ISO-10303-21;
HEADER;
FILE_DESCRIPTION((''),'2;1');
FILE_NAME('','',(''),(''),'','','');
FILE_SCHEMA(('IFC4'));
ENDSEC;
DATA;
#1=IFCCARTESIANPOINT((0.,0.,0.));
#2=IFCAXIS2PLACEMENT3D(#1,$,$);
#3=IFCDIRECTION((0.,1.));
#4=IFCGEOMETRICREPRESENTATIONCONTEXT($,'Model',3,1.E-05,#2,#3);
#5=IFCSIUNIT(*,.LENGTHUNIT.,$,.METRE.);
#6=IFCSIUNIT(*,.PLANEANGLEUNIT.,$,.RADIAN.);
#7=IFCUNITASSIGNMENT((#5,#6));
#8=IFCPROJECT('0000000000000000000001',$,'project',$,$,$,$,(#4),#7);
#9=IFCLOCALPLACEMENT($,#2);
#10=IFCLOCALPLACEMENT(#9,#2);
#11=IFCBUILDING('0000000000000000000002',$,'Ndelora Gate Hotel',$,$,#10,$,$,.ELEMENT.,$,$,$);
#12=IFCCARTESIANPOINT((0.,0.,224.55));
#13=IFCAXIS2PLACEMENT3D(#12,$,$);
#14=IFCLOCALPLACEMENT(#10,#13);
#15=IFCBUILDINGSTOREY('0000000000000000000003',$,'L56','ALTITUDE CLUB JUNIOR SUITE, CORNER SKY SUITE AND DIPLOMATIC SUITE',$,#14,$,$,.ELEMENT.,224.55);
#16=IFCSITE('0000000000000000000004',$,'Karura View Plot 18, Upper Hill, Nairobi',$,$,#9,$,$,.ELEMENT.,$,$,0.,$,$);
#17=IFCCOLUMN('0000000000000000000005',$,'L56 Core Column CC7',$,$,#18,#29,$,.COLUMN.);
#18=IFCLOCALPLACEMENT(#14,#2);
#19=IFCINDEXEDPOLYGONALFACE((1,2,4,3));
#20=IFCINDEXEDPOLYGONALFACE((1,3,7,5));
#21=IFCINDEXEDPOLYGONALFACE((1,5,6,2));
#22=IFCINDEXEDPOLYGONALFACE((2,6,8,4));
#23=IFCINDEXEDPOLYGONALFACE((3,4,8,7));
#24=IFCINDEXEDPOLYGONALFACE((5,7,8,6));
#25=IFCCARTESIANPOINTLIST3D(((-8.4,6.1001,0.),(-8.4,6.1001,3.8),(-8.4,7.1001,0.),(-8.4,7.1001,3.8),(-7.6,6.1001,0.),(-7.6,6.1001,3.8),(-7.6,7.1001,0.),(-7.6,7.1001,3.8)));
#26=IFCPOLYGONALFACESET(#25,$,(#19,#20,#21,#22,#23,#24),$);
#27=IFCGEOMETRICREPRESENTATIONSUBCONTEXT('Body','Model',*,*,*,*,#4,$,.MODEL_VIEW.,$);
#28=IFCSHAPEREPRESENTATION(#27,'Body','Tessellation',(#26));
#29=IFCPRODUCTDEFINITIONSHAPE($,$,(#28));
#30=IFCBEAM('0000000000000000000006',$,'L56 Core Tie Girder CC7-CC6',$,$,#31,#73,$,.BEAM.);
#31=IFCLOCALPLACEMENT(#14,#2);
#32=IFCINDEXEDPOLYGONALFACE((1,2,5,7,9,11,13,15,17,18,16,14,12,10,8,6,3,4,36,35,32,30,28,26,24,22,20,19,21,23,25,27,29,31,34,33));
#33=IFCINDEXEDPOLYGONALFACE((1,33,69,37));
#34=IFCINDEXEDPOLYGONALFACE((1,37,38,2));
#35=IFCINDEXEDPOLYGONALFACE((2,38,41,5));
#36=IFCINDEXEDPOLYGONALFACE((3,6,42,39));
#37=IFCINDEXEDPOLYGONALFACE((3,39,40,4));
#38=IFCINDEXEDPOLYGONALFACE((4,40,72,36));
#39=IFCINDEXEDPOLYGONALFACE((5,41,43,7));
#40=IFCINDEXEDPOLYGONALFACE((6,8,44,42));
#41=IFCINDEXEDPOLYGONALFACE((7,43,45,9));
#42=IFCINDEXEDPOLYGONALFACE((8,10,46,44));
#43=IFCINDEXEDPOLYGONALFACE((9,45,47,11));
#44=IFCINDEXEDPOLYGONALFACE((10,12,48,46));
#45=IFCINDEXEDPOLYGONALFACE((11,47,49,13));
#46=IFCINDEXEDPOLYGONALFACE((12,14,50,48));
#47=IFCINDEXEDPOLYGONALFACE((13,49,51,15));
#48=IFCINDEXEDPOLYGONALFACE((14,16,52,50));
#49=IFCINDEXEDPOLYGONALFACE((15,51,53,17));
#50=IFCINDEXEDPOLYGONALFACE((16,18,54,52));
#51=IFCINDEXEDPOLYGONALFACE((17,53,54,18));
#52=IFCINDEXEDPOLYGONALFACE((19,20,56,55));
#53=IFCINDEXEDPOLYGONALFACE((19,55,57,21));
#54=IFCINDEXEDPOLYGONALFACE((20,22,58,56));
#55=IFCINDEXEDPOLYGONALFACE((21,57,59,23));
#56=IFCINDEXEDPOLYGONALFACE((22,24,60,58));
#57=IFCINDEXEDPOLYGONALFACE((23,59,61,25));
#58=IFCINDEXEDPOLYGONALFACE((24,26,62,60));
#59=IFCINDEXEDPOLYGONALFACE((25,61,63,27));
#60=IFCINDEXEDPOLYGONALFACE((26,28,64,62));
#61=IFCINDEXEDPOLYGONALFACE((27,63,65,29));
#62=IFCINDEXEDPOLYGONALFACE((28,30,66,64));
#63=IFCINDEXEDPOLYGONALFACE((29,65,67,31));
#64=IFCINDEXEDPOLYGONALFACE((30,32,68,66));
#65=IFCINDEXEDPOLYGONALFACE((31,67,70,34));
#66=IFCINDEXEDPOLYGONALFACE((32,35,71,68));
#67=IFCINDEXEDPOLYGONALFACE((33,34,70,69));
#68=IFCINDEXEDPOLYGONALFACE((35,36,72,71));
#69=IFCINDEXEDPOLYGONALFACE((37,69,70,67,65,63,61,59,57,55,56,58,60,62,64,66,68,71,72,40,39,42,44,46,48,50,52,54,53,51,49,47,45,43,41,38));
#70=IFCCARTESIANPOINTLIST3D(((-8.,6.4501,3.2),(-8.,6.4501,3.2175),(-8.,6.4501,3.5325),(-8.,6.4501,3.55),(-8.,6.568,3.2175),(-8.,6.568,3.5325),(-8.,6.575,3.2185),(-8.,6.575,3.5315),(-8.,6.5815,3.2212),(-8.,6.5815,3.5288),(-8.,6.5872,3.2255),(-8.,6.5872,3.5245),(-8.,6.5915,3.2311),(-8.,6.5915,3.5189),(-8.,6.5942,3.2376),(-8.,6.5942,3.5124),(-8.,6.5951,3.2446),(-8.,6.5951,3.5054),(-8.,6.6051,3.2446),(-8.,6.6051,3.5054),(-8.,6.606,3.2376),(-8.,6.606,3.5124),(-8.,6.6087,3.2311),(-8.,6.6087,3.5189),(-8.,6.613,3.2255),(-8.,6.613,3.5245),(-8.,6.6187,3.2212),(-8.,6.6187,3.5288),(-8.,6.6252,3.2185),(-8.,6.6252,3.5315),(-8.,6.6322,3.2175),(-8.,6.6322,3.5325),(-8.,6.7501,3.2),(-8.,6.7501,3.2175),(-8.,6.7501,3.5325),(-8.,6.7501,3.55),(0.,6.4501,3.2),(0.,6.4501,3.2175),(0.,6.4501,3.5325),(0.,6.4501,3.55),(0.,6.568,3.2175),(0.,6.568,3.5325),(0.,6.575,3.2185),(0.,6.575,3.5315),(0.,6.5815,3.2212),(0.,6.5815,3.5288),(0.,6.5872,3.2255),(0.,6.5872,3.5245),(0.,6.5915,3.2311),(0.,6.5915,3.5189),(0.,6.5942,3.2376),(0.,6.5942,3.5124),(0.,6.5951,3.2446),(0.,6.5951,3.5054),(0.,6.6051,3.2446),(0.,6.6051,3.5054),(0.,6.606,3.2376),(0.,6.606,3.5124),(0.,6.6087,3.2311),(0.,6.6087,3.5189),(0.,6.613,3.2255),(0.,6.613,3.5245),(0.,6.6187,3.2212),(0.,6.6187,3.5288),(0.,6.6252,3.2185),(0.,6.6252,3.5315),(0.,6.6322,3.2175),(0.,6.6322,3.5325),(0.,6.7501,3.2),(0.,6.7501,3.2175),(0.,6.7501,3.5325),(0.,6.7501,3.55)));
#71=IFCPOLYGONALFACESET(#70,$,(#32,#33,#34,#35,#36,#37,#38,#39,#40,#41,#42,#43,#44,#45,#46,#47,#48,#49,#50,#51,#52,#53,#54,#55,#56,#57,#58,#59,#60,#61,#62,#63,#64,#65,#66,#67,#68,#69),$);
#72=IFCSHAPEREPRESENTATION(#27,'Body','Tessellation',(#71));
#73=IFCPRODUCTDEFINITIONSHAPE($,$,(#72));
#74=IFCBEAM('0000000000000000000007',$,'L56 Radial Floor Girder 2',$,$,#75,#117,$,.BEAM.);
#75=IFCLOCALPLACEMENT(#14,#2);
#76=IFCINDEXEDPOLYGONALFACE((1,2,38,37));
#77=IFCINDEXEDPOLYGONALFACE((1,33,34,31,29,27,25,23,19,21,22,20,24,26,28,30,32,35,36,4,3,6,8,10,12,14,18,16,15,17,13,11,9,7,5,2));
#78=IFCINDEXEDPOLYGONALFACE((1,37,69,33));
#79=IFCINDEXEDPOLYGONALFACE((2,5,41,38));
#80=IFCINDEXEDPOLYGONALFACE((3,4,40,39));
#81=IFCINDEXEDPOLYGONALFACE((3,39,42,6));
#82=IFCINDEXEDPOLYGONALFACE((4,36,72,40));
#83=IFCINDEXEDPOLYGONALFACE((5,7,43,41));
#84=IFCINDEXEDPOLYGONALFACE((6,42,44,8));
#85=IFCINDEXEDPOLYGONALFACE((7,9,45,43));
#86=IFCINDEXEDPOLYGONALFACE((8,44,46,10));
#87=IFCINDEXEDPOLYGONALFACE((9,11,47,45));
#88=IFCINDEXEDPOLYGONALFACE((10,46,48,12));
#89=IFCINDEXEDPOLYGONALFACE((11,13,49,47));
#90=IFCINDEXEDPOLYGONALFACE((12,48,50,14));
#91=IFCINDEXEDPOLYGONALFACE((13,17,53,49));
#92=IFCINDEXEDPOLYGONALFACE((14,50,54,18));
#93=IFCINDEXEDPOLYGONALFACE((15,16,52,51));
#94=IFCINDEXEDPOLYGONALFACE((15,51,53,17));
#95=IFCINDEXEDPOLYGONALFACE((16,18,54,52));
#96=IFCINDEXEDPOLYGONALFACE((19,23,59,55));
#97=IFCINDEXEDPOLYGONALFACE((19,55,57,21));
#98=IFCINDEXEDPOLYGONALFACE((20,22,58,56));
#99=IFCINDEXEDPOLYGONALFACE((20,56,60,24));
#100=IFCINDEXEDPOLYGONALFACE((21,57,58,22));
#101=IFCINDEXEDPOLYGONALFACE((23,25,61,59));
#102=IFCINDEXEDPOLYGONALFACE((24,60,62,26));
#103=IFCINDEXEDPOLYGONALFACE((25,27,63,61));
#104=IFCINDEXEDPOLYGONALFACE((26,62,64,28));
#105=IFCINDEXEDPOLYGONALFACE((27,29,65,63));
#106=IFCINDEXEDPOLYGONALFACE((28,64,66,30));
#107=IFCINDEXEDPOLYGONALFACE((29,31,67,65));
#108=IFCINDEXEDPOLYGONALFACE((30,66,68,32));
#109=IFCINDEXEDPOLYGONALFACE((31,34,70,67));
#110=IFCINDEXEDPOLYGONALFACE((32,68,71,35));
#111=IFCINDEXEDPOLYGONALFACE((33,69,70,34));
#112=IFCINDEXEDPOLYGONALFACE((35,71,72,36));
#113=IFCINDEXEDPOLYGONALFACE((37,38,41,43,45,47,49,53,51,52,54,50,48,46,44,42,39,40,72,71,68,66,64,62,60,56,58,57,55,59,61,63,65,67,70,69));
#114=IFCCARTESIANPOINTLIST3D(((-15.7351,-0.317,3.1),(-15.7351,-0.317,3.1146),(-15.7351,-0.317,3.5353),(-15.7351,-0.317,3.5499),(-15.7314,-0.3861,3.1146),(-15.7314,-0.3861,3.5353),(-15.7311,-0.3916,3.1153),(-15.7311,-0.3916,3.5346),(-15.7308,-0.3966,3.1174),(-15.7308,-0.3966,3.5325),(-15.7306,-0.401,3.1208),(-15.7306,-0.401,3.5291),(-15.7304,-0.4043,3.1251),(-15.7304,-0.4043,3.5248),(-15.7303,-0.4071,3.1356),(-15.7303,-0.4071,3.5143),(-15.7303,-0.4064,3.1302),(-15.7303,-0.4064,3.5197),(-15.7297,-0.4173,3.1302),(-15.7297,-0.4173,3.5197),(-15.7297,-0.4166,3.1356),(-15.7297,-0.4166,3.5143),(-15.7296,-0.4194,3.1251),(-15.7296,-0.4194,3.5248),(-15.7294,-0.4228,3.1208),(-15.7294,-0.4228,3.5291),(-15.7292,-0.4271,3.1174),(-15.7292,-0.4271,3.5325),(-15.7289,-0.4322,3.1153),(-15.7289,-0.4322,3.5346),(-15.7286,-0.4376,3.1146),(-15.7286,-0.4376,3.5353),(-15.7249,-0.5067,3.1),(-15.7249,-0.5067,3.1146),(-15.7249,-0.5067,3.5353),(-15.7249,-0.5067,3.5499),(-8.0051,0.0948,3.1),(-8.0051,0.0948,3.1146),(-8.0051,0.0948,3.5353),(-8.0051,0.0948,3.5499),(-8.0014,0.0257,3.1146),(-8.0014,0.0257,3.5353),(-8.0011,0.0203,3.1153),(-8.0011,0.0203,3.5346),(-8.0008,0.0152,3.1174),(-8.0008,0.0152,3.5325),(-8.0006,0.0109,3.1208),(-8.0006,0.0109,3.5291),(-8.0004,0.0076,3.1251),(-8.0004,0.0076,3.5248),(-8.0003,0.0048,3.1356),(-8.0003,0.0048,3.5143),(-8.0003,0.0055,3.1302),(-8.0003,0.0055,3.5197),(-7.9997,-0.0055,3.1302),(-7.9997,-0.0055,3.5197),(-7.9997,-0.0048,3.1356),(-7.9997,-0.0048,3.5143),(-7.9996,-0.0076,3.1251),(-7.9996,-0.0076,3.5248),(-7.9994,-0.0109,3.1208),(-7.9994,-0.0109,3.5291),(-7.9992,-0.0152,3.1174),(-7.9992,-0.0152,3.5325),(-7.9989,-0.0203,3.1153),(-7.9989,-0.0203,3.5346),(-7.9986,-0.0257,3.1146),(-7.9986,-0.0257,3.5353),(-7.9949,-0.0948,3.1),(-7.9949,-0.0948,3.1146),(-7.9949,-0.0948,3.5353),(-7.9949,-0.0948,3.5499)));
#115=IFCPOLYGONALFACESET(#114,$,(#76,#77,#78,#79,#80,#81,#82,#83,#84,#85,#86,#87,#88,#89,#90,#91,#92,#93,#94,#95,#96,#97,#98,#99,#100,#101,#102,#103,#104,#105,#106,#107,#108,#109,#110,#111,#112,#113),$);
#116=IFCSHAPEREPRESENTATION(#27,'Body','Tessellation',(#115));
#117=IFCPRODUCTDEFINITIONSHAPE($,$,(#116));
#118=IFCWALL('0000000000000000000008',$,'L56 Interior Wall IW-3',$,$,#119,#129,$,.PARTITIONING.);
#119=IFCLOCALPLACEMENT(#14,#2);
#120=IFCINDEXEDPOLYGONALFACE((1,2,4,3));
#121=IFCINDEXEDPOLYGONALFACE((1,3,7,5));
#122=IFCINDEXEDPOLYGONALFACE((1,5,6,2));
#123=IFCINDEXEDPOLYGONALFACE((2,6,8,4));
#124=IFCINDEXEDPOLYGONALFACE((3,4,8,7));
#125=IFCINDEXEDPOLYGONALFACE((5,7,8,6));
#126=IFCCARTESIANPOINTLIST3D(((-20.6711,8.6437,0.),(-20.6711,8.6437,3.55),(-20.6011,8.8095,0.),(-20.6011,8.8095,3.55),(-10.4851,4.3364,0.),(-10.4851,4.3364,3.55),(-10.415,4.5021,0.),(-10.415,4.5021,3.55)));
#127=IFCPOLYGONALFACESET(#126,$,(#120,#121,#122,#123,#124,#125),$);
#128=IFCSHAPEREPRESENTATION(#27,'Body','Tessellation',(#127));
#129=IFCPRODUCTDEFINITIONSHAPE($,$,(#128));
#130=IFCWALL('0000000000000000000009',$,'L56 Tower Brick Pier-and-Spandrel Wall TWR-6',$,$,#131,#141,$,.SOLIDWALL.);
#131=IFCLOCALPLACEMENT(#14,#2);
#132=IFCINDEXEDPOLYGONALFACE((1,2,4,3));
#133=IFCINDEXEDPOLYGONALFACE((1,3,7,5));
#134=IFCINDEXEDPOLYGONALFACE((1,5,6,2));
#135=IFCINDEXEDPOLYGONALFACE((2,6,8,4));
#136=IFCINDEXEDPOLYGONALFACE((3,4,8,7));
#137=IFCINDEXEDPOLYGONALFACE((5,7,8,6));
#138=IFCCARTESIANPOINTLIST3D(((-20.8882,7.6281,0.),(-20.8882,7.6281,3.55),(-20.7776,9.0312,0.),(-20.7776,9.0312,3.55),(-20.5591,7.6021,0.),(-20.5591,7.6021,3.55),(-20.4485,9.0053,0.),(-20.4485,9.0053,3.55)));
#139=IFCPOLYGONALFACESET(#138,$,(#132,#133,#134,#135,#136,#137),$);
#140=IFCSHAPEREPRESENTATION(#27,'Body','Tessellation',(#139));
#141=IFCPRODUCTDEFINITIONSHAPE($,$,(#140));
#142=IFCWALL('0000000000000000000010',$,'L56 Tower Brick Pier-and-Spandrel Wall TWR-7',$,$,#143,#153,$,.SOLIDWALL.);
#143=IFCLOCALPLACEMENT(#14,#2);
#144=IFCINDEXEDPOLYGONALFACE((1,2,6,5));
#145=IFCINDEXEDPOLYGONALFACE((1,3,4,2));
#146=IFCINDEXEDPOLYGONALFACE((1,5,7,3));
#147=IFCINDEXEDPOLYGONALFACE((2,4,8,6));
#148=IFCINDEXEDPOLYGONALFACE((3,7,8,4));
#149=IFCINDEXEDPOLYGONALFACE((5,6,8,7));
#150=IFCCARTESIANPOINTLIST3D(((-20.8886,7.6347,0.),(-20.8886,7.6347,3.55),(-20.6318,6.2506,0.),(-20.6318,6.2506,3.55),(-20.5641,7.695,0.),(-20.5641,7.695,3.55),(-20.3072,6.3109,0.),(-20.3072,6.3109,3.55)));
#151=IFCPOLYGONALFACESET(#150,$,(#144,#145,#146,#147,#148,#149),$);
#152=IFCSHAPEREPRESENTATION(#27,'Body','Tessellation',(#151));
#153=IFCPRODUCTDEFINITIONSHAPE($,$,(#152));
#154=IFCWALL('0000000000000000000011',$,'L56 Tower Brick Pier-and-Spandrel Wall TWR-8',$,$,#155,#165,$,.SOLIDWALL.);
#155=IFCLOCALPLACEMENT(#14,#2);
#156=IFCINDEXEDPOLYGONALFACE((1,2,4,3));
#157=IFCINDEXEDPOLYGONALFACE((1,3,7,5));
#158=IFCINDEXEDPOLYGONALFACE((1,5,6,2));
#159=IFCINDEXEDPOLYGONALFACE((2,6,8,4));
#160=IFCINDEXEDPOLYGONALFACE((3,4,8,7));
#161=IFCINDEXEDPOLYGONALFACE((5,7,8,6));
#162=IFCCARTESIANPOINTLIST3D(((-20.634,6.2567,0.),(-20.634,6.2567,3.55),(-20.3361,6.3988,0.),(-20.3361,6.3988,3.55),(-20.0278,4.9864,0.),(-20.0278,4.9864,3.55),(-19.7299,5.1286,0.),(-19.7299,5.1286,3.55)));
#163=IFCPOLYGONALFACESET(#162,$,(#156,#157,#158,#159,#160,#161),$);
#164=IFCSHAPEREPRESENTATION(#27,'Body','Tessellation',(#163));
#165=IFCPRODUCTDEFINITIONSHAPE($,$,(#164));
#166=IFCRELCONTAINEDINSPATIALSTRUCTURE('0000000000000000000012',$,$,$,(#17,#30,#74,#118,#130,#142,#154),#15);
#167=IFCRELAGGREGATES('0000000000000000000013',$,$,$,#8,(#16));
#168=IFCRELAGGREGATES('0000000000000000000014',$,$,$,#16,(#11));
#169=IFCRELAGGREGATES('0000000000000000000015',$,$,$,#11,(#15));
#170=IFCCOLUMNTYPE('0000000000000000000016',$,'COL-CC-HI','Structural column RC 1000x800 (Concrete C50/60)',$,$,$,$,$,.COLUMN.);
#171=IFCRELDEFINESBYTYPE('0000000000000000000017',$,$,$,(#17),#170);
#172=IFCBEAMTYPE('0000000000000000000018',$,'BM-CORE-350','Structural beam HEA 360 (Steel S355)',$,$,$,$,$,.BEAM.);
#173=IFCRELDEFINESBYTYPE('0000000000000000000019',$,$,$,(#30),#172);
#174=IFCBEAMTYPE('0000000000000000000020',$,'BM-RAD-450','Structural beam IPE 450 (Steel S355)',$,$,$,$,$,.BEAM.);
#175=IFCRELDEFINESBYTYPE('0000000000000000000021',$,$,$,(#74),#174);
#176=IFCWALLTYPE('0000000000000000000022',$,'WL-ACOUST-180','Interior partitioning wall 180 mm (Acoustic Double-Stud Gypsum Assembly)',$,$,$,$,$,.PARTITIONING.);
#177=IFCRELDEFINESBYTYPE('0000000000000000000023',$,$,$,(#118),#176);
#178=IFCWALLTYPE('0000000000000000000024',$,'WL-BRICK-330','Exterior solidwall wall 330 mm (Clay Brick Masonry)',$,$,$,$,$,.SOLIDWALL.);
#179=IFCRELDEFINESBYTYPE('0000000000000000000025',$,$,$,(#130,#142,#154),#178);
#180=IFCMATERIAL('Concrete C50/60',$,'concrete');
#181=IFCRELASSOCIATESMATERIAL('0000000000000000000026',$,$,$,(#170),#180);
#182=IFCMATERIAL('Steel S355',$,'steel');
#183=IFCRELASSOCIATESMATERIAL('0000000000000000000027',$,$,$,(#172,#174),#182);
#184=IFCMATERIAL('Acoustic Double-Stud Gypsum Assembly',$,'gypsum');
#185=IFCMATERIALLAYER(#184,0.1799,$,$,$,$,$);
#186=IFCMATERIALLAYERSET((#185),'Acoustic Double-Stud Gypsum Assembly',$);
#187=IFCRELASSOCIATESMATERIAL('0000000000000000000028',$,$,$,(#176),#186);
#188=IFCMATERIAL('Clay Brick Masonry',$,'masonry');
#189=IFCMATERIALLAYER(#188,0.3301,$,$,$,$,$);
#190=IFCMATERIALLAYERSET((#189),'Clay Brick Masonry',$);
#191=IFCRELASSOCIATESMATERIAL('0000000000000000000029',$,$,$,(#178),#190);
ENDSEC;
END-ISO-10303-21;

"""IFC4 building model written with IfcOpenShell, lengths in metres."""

from ifc_helpers import new_model, si_unit, direction, frame, frame_2d, origin, origin_2d, place, context, subcontext, project, spatial, rectangle, i_section, extrude, material, layer, layer_set, material_profile, profile_set, type_object, element, save


model = new_model("IFC4")

# Units and contexts
model_context = context("Model", 3, precision=1e-05, world=origin(), true_north=direction((0.0, 1.0)))
body_context = subcontext(model_context, "Body", "Model", "MODEL_VIEW")
ifc_project = project(units=[si_unit("LENGTHUNIT", "METRE"), si_unit("PLANEANGLEUNIT", "RADIAN")], contexts=[model_context])

# Site, building, storey
site_placement = place(None, origin())
site = spatial("IfcSite", under=ifc_project, at=site_placement, Name="Karura View Plot 18, Upper Hill, Nairobi", CompositionType="ELEMENT", RefElevation=0.0)
building_placement = place(site_placement, origin())
building = spatial("IfcBuilding", under=site, at=building_placement, Name="Ndelora Gate Hotel", CompositionType="ELEMENT")
storey_placement = place(building_placement, frame((0.0, 0.0, 224.55)))
storey = spatial("IfcBuildingStorey", under=building, at=storey_placement, Name="L56", Description="ALTITUDE CLUB JUNIOR SUITE, CORNER SKY SUITE AND DIPLOMATIC SUITE", CompositionType="ELEMENT", Elevation=224.55)

# Column
ifc_material_1 = material(Name="Concrete C50/60", Category="concrete")
ifc_material_profile_1 = material_profile(ifc_material_1, rectangle(XDim=0.8, YDim=1.0, at=origin_2d()), Name="RC 1000x800")
ifc_profile_set_1 = profile_set([ifc_material_profile_1], Name="Concrete C50/60")
column_type = type_object("IfcColumnType", Name="COL-CC-HI", Description="Structural column RC 1000x800 (Concrete C50/60)", PredefinedType="COLUMN", material=ifc_profile_set_1)
column_placement = place(storey_placement, frame((-8.0, 6.6001, 0.0), z_axis=(0.0, 0.0, 1.0), x_axis=(1.0, 0.0, 0.0)))
element("IfcColumn", 1, at=column_placement, inside=storey, type_object=column_type, Name="L56 Core Column CC7", PredefinedType="COLUMN", context=body_context, shape_type="SweptSolid", body=[
    extrude(rectangle(XDim=0.8, YDim=1.0, at=origin_2d()), origin(), (0.0, 0.0, 1.0), 3.8),
])

# Beams
ifc_material_2 = material(Name="Steel S355", Category="steel")
ifc_material_profile_2 = material_profile(ifc_material_2, i_section(OverallWidth=0.3, OverallDepth=0.3501, WebThickness=0.01, FlangeThickness=0.0176, FilletRadius=0.0271, at=origin_2d()), Name="HEA 360")
ifc_profile_set_2 = profile_set([ifc_material_profile_2], Name="Steel S355")
beam_type_1 = type_object("IfcBeamType", Name="BM-CORE-350", Description="Structural beam HEA 360 (Steel S355)", PredefinedType="BEAM", material=ifc_profile_set_2)
beam_1_placement = place(storey_placement, frame((-8.0, 6.6001, 3.375), z_axis=(1.0, 0.0, 0.0), x_axis=(0.0, 1.0, 0.0)))
element("IfcBeam", 2, at=beam_1_placement, inside=storey, type_object=beam_type_1, Name="L56 Core Tie Girder CC7-CC6", PredefinedType="BEAM", context=body_context, shape_type="SweptSolid", body=[
    extrude(i_section(OverallWidth=0.3, OverallDepth=0.3501, WebThickness=0.01, FlangeThickness=0.0176, FilletRadius=0.0271, at=origin_2d()), origin(), (0.0, 0.0, 1.0), 8.0),
])
ifc_material_profile_3 = material_profile(ifc_material_2, i_section(OverallWidth=0.1899, OverallDepth=0.45, WebThickness=0.0095, FlangeThickness=0.0146, FilletRadius=0.021, at=origin_2d()), Name="IPE 450")
ifc_profile_set_3 = profile_set([ifc_material_profile_3], Name="Steel S355")
beam_type_2 = type_object("IfcBeamType", Name="BM-RAD-450", Description="Structural beam IPE 450 (Steel S355)", PredefinedType="BEAM", material=ifc_profile_set_3)
beam_2_placement = place(storey_placement, frame((-8.0, 0.0, 3.325), z_axis=(-0.998584, -0.053206, 0.0), x_axis=(0.053206, -0.998584, 0.0)))
element("IfcBeam", 3, at=beam_2_placement, inside=storey, type_object=beam_type_2, Name="L56 Radial Floor Girder 2", PredefinedType="BEAM", context=body_context, shape_type="SweptSolid", body=[
    extrude(i_section(OverallWidth=0.1899, OverallDepth=0.45, WebThickness=0.0095, FlangeThickness=0.0146, FilletRadius=0.021, at=origin_2d()), origin(), (0.0, 0.0, 1.0), 7.741),
])

# Walls
ifc_material_3 = material(Name="Acoustic Double-Stud Gypsum Assembly", Category="gypsum")
ifc_layer_1 = layer(ifc_material_3, 0.1799)
ifc_layer_set_1 = layer_set([ifc_layer_1], Name="Acoustic Double-Stud Gypsum Assembly")
wall_type_1 = type_object("IfcWallType", Name="WL-ACOUST-180", Description="Interior partitioning wall 180 mm (Acoustic Double-Stud Gypsum Assembly)", PredefinedType="PARTITIONING", material=ifc_layer_set_1)
wall_1_placement = place(storey_placement, frame((-10.45, 4.4192, 0.0), z_axis=(0.0, 0.0, 1.0), x_axis=(-0.921035, 0.389479, 0.0)))
element("IfcWall", 4, at=wall_1_placement, inside=storey, type_object=wall_type_1, Name="L56 Interior Wall IW-3", PredefinedType="PARTITIONING", context=body_context, shape_type="SweptSolid", body=[
    extrude(rectangle(XDim=11.0593, YDim=0.1799, at=frame_2d((5.5298, 0.0))), origin(), (0.0, 0.0, 1.0), 3.55),
])
ifc_material_4 = material(Name="Clay Brick Masonry", Category="masonry")
ifc_layer_2 = layer(ifc_material_4, 0.3301)
ifc_layer_set_2 = layer_set([ifc_layer_2], Name="Clay Brick Masonry")
wall_type_2 = type_object("IfcWallType", Name="WL-BRICK-330", Description="Exterior solidwall wall 330 mm (Clay Brick Masonry)", PredefinedType="SOLIDWALL", material=ifc_layer_set_2)
wall_2_placement = place(storey_placement, frame((-20.7236, 7.6152, 0.0), z_axis=(0.0, 0.0, 1.0), x_axis=(0.07858, 0.996908, 0.0)))
element("IfcWall", 5, at=wall_2_placement, inside=storey, type_object=wall_type_2, Name="L56 Tower Brick Pier-and-Spandrel Wall TWR-6", PredefinedType="SOLIDWALL", context=body_context, shape_type="SweptSolid", body=[
    extrude(rectangle(XDim=1.4075, YDim=0.3301, at=frame_2d((0.7036, 0.0))), origin(), (0.0, 0.0, 1.0), 3.55),
])
wall_3_placement = place(storey_placement, frame((-20.4695, 6.2808, 0.0), z_axis=(0.0, 0.0, 1.0), x_axis=(-0.182456, 0.983214, 0.0)))
element("IfcWall", 6, at=wall_3_placement, inside=storey, type_object=wall_type_2, Name="L56 Tower Brick Pier-and-Spandrel Wall TWR-7", PredefinedType="SOLIDWALL", context=body_context, shape_type="SweptSolid", body=[
    extrude(rectangle(XDim=1.4077, YDim=0.3301, at=frame_2d((0.7039, 0.0))), origin(), (0.0, 0.0, 1.0), 3.55),
])
wall_4_placement = place(storey_placement, frame((-19.8789, 5.0576, 0.0), z_axis=(0.0, 0.0, 1.0), x_axis=(-0.430694, 0.902498, 0.0)))
element("IfcWall", 7, at=wall_4_placement, inside=storey, type_object=wall_type_2, Name="L56 Tower Brick Pier-and-Spandrel Wall TWR-8", PredefinedType="SOLIDWALL", context=body_context, shape_type="SweptSolid", body=[
    extrude(rectangle(XDim=1.4075, YDim=0.3301, at=frame_2d((0.7036, 0.0))), origin(), (0.0, 0.0, 1.0), 3.55),
])

save(model, "model.ifc")
